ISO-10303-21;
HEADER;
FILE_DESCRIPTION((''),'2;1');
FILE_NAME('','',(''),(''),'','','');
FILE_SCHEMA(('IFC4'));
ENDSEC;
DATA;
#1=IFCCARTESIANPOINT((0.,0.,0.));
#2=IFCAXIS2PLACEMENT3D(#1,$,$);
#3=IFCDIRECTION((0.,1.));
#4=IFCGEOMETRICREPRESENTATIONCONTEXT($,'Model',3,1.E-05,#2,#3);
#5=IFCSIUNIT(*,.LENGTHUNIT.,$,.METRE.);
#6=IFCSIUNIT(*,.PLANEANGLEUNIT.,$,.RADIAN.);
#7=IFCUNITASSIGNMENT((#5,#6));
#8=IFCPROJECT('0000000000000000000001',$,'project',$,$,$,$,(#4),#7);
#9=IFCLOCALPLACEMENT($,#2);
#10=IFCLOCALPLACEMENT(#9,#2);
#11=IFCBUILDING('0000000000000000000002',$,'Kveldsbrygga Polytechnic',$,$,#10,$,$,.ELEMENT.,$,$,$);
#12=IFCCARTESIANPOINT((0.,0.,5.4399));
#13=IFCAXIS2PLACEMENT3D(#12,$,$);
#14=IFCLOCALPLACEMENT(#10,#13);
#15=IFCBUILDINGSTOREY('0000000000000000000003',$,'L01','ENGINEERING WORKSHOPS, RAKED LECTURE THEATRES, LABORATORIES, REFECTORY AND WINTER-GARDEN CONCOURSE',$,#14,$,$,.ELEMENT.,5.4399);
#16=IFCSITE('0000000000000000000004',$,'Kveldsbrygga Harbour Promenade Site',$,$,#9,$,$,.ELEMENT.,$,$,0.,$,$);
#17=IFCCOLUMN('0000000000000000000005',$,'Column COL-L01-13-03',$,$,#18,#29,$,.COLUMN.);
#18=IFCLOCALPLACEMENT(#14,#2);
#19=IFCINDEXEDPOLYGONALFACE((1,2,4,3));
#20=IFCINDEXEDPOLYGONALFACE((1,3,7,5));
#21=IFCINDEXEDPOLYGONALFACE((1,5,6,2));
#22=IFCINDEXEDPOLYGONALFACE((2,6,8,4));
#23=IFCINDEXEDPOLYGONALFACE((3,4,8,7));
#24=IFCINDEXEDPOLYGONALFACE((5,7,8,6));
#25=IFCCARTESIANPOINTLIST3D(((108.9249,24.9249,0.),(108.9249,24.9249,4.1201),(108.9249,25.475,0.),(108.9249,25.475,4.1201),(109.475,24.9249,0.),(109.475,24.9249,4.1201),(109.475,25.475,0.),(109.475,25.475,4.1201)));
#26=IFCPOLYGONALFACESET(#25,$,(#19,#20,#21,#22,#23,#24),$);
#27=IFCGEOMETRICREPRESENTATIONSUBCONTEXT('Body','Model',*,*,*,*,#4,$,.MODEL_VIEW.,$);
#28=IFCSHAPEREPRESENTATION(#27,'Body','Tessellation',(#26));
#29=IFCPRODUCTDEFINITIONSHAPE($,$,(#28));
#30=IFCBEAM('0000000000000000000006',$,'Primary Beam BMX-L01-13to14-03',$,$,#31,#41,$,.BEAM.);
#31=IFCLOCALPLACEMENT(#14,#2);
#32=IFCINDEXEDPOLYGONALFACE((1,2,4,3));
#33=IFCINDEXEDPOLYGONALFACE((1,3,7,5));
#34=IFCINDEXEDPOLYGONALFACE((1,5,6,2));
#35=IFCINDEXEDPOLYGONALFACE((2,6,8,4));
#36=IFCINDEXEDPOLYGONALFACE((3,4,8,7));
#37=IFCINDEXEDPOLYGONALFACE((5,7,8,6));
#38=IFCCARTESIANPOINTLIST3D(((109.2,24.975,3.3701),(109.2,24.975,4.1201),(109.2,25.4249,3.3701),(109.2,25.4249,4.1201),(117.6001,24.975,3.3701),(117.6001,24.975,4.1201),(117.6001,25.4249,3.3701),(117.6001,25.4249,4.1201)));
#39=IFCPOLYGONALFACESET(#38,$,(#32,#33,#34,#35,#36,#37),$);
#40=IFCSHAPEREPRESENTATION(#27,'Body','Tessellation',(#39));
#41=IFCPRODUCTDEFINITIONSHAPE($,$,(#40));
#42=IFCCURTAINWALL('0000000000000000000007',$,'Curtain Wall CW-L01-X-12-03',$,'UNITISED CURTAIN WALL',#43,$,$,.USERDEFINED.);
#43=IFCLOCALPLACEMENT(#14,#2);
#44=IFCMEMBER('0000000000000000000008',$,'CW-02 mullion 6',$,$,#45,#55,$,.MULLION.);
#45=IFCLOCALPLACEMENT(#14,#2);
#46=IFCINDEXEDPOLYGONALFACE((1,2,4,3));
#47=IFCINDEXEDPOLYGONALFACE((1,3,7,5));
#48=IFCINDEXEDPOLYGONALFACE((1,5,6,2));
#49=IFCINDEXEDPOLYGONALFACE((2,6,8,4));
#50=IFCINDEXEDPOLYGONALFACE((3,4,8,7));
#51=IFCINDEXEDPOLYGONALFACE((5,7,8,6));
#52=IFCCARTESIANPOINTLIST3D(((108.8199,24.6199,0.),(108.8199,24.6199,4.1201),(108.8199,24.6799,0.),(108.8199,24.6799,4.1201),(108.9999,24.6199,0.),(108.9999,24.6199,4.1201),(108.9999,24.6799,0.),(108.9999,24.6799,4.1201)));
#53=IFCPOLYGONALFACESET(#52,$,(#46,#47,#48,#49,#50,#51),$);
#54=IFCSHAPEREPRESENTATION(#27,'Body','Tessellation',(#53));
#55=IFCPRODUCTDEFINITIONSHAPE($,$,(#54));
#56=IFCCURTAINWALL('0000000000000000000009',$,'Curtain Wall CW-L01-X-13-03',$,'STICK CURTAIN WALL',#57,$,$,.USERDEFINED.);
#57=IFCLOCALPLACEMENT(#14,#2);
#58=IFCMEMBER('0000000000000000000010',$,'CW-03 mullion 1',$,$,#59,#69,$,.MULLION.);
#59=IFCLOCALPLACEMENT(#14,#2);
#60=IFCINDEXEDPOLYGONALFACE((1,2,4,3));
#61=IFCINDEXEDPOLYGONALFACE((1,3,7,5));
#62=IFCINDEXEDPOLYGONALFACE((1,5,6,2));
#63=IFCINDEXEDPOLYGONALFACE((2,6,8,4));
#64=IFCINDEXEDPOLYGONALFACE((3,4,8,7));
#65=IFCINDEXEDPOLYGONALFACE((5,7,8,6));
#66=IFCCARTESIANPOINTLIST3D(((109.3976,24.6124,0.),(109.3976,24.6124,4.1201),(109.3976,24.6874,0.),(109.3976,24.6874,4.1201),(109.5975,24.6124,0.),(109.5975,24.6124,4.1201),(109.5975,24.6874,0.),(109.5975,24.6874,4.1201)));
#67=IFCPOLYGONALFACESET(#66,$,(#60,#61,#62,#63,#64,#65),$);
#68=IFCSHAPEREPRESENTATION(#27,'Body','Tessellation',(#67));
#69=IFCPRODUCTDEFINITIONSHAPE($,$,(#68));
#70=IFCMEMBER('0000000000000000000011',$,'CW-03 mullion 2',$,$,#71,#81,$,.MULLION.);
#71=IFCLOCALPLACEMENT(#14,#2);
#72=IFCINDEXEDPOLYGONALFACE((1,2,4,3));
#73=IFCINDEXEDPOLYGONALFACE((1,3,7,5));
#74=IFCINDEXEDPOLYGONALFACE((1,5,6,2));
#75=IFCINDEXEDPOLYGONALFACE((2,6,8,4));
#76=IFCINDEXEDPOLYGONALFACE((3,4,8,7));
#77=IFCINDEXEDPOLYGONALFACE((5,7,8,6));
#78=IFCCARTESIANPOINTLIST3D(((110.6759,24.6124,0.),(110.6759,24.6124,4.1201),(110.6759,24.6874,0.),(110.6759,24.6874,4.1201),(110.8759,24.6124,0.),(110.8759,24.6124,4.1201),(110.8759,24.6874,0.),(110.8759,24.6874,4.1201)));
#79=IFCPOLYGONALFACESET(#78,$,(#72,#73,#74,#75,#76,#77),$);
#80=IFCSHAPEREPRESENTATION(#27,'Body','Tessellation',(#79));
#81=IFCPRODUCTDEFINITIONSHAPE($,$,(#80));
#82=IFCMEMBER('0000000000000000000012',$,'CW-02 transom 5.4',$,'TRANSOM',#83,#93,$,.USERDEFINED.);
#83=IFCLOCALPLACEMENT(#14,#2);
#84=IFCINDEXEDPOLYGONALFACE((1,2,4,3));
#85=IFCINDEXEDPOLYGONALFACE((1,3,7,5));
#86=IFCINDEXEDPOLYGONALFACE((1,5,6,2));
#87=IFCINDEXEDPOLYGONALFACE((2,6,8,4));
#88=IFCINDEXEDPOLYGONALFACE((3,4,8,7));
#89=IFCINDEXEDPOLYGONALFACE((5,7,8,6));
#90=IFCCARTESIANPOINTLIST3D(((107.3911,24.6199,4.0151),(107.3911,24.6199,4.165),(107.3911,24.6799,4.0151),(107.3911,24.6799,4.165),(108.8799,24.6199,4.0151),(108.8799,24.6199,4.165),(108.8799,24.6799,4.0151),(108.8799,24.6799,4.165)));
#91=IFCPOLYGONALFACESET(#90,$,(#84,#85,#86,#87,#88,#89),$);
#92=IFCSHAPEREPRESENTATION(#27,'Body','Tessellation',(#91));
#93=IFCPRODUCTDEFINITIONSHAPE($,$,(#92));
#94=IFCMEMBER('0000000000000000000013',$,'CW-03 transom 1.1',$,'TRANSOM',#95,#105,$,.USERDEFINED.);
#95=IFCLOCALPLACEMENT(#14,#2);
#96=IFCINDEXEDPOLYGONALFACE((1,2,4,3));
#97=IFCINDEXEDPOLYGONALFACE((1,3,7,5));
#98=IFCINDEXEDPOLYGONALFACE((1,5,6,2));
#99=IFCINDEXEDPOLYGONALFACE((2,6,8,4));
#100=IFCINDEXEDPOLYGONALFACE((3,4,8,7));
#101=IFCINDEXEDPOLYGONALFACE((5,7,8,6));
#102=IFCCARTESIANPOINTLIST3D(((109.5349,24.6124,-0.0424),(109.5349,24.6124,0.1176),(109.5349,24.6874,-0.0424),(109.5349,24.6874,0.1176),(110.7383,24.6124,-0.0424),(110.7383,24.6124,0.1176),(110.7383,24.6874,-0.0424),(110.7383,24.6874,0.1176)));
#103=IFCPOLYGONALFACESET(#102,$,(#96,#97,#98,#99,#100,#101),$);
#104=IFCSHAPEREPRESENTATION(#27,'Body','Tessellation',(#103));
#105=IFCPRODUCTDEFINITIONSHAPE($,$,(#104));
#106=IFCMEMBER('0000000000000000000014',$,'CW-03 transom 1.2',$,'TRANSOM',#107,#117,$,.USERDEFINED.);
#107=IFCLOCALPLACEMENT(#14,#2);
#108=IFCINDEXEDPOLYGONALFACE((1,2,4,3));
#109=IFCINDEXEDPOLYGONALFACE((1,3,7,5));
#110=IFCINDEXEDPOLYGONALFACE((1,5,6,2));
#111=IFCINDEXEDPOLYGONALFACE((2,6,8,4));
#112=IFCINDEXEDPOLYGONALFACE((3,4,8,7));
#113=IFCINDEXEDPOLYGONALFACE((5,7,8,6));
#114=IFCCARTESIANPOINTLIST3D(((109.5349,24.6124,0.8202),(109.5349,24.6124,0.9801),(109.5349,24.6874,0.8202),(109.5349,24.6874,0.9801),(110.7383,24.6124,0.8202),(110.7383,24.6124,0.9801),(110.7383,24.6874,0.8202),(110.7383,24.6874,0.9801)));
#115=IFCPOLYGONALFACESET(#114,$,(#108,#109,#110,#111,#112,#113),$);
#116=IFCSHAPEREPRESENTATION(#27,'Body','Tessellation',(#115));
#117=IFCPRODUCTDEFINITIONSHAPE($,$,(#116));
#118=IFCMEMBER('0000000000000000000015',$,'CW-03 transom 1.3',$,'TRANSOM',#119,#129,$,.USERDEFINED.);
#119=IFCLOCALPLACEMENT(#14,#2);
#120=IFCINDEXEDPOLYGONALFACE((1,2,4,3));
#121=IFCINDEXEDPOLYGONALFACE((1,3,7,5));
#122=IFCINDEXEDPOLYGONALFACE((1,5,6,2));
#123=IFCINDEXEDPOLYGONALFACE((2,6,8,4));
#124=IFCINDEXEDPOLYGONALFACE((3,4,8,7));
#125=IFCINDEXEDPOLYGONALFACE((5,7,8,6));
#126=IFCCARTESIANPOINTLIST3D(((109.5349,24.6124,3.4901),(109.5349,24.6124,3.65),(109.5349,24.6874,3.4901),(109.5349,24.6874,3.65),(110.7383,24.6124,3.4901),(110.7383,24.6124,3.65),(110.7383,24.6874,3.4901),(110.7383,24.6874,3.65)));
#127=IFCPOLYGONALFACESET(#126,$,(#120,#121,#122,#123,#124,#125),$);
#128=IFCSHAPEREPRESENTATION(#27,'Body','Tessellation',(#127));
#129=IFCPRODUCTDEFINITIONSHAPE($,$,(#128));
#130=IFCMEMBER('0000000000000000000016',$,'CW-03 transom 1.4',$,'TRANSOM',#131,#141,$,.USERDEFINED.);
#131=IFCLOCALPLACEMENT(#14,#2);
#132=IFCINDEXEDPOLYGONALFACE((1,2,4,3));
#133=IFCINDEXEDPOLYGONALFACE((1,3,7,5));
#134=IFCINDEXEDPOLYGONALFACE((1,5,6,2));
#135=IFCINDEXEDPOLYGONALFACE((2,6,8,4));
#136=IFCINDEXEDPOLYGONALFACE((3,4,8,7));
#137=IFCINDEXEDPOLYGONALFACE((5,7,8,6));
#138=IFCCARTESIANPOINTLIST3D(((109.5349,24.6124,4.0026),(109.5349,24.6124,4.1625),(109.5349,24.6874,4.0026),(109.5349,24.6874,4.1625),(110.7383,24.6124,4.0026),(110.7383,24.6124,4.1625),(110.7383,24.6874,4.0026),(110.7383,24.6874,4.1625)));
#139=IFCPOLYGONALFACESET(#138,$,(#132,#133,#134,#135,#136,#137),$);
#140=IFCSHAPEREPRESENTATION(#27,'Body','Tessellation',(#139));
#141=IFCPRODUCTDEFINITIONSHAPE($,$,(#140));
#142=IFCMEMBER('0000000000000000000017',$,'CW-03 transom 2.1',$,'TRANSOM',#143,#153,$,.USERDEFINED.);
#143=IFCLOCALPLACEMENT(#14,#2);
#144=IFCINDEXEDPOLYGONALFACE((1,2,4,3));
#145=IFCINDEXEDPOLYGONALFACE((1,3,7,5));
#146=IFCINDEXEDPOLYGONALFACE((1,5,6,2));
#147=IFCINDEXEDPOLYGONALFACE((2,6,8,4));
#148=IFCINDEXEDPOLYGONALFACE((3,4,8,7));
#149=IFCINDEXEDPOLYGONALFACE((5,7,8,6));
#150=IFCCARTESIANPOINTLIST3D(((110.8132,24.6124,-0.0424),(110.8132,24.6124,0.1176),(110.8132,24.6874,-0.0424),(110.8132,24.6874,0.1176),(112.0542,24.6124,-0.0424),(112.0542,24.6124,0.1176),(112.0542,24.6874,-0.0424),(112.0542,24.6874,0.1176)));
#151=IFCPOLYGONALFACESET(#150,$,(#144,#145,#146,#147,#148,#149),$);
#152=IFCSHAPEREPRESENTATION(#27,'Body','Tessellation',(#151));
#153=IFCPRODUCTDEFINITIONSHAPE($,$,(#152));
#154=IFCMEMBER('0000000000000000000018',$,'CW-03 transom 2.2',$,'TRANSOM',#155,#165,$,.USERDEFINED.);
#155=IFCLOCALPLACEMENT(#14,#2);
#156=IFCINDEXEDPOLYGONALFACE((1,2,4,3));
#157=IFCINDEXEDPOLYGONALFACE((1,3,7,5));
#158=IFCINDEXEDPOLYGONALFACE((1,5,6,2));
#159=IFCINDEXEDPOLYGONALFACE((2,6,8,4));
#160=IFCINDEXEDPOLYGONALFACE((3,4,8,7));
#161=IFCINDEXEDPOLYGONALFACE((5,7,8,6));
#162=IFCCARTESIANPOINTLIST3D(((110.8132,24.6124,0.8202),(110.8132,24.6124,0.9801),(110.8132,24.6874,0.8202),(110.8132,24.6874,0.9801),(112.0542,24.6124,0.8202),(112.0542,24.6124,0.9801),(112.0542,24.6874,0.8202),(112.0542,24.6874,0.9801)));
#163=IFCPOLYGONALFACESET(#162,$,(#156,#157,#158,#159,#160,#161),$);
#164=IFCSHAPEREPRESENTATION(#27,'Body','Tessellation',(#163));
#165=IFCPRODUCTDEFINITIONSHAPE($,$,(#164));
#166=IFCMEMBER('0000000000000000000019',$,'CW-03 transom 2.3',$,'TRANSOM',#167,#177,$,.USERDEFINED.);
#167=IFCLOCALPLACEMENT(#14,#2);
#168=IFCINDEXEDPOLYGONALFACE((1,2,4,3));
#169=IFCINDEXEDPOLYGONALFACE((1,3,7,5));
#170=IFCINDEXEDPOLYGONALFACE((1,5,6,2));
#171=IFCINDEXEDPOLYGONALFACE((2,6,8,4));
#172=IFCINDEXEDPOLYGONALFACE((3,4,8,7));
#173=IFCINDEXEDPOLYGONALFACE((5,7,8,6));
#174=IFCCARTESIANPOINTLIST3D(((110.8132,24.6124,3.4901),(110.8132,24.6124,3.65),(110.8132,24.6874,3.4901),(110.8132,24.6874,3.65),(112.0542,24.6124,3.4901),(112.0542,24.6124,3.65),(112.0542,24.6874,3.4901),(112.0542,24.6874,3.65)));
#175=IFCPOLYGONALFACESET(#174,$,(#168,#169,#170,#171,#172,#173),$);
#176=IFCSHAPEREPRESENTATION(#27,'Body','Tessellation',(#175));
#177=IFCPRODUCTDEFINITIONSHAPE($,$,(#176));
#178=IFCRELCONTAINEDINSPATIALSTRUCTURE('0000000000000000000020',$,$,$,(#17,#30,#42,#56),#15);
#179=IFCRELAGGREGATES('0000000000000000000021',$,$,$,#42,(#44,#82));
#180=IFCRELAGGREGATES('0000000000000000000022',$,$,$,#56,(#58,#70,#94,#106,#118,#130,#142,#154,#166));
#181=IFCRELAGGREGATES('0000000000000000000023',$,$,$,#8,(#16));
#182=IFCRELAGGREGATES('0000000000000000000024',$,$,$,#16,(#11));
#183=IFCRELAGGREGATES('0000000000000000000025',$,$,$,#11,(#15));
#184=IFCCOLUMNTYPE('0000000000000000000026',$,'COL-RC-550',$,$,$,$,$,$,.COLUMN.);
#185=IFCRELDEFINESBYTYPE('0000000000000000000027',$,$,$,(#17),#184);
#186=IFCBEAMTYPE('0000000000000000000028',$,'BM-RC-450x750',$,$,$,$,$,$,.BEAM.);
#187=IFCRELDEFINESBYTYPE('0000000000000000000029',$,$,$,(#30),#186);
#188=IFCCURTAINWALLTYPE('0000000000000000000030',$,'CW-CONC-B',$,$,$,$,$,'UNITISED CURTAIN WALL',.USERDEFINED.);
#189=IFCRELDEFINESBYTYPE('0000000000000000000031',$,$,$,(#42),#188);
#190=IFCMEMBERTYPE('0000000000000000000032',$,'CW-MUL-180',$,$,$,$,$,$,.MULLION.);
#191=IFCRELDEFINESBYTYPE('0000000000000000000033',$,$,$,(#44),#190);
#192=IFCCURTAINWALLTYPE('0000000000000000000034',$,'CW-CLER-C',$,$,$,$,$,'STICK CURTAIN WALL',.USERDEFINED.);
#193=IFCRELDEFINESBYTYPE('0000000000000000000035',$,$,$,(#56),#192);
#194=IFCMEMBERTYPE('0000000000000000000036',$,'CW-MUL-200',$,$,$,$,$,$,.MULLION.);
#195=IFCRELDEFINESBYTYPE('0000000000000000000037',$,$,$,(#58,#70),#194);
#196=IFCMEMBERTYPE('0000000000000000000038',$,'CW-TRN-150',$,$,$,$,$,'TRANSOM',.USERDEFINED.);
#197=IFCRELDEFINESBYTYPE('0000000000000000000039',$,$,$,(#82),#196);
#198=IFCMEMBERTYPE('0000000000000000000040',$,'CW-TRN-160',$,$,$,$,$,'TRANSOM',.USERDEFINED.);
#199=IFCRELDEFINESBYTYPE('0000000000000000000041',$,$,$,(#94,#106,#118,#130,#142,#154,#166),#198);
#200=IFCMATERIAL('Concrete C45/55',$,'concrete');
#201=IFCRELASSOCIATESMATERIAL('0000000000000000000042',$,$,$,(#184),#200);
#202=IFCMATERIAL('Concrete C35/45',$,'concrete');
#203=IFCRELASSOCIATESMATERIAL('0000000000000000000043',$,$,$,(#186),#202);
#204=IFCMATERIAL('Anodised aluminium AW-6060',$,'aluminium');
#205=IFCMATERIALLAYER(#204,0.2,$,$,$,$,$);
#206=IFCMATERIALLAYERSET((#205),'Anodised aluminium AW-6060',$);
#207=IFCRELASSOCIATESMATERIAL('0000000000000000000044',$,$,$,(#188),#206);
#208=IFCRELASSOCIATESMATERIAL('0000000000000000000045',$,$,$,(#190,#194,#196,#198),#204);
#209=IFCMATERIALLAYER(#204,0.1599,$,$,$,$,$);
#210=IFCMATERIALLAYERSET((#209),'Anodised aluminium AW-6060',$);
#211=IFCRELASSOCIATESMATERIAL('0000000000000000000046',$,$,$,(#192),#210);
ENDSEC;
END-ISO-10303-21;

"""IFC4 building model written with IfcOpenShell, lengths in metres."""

from ifc_helpers import new_model, si_unit, direction, frame, origin, origin_2d, place, context, subcontext, project, spatial, rectangle, extrude, material, layer, layer_set, material_profile, profile_set, type_object, element, aggregate, save


model = new_model("IFC4")

# Units and contexts
model_context = context("Model", 3, precision=1e-05, world=origin(), true_north=direction((0.0, 1.0)))
body_context = subcontext(model_context, "Body", "Model", "MODEL_VIEW")
ifc_project = project(units=[si_unit("LENGTHUNIT", "METRE"), si_unit("PLANEANGLEUNIT", "RADIAN")], contexts=[model_context])

# Site, building, storey
site_placement = place(None, origin())
site = spatial("IfcSite", under=ifc_project, at=site_placement, Name="Kveldsbrygga Harbour Promenade Site", CompositionType="ELEMENT", RefElevation=0.0)
building_placement = place(site_placement, origin())
building = spatial("IfcBuilding", under=site, at=building_placement, Name="Kveldsbrygga Polytechnic", CompositionType="ELEMENT")
storey_placement = place(building_placement, frame((0.0, 0.0, 5.4399)))
storey = spatial("IfcBuildingStorey", under=building, at=storey_placement, Name="L01", Description="ENGINEERING WORKSHOPS, RAKED LECTURE THEATRES, LABORATORIES, REFECTORY AND WINTER-GARDEN CONCOURSE", CompositionType="ELEMENT", Elevation=5.4399)

# Column
ifc_material_1 = material(Name="Concrete C45/55", Category="concrete")
ifc_material_profile_1 = material_profile(ifc_material_1, rectangle(XDim=0.55, YDim=0.55, at=origin_2d()), Name="RC 550x550")
ifc_profile_set_1 = profile_set([ifc_material_profile_1], Name="Concrete C45/55")
column_type = type_object("IfcColumnType", Name="COL-RC-550", PredefinedType="COLUMN", material=ifc_profile_set_1)
column_placement = place(storey_placement, frame((109.2, 25.2, 0.0), z_axis=(0.0, 0.0, 1.0), x_axis=(1.0, 0.0, 0.0)))
element("IfcColumn", 1, at=column_placement, inside=storey, type_object=column_type, Name="Column COL-L01-13-03", PredefinedType="COLUMN", context=body_context, shape_type="SweptSolid", body=[
    extrude(rectangle(XDim=0.55, YDim=0.55, at=origin_2d()), origin(), (0.0, 0.0, 1.0), 4.1201),
])

# Beam
ifc_material_2 = material(Name="Concrete C35/45", Category="concrete")
ifc_material_profile_2 = material_profile(ifc_material_2, rectangle(XDim=0.45, YDim=0.75, at=origin_2d()), Name="RC 450x750")
ifc_profile_set_2 = profile_set([ifc_material_profile_2], Name="Concrete C35/45")
beam_type = type_object("IfcBeamType", Name="BM-RC-450x750", PredefinedType="BEAM", material=ifc_profile_set_2)
beam_placement = place(storey_placement, frame((109.2, 25.2, 3.7451), z_axis=(1.0, 0.0, 0.0), x_axis=(0.0, 1.0, 0.0)))
element("IfcBeam", 2, at=beam_placement, inside=storey, type_object=beam_type, Name="Primary Beam BMX-L01-13to14-03", PredefinedType="BEAM", context=body_context, shape_type="SweptSolid", body=[
    extrude(rectangle(XDim=0.45, YDim=0.75, at=origin_2d()), origin(), (0.0, 0.0, 1.0), 8.4001),
])

# Curtain wall, member
ifc_material_3 = material(Name="Anodised aluminium AW-6060", Category="aluminium")
ifc_layer_1 = layer(ifc_material_3, 0.2)
ifc_layer_set_1 = layer_set([ifc_layer_1], Name="Anodised aluminium AW-6060")
curtain_wall_type_1 = type_object("IfcCurtainWallType", Name="CW-CONC-B", ElementType="UNITISED CURTAIN WALL", PredefinedType="USERDEFINED", material=ifc_layer_set_1)
curtain_wall_1_placement = place(storey_placement, origin())
curtain_wall_1 = element("IfcCurtainWall", 3, at=curtain_wall_1_placement, inside=storey, type_object=curtain_wall_type_1, Name="Curtain Wall CW-L01-X-12-03", ObjectType="UNITISED CURTAIN WALL", PredefinedType="USERDEFINED")
ifc_material_profile_3 = material_profile(ifc_material_3, rectangle(XDim=0.0601, YDim=0.1799, at=origin_2d()), Name="ALU 60x180")
ifc_profile_set_3 = profile_set([ifc_material_profile_3], Name="Anodised aluminium AW-6060")
member_type_1 = type_object("IfcMemberType", Name="CW-MUL-180", PredefinedType="MULLION", material=ifc_profile_set_3)
member_1_placement = place(storey_placement, frame((108.9099, 24.6499, 0.0), z_axis=(0.0, 0.0, 1.0), x_axis=(0.0, 1.0, 0.0)))
member_1 = element("IfcMember", 4, at=member_1_placement, type_object=member_type_1, Name="CW-02 mullion 6", PredefinedType="MULLION", context=body_context, shape_type="SweptSolid", body=[
    extrude(rectangle(XDim=0.0601, YDim=0.1799, at=origin_2d()), origin(), (0.0, 0.0, 1.0), 4.1201),
])

# Curtain wall, members
ifc_layer_2 = layer(ifc_material_3, 0.1599)
ifc_layer_set_2 = layer_set([ifc_layer_2], Name="Anodised aluminium AW-6060")
curtain_wall_type_2 = type_object("IfcCurtainWallType", Name="CW-CLER-C", ElementType="STICK CURTAIN WALL", PredefinedType="USERDEFINED", material=ifc_layer_set_2)
curtain_wall_2_placement = place(storey_placement, origin())
curtain_wall_2 = element("IfcCurtainWall", 5, at=curtain_wall_2_placement, inside=storey, type_object=curtain_wall_type_2, Name="Curtain Wall CW-L01-X-13-03", ObjectType="STICK CURTAIN WALL", PredefinedType="USERDEFINED")
ifc_material_profile_4 = material_profile(ifc_material_3, rectangle(XDim=0.075, YDim=0.2, at=origin_2d()), Name="ALU 75x200")
ifc_profile_set_4 = profile_set([ifc_material_profile_4], Name="Anodised aluminium AW-6060")
member_type_2 = type_object("IfcMemberType", Name="CW-MUL-200", PredefinedType="MULLION", material=ifc_profile_set_4)
member_2_placement = place(storey_placement, frame((109.4976, 24.6499, 0.0), z_axis=(0.0, 0.0, 1.0), x_axis=(0.0, 1.0, 0.0)))
member_2 = element("IfcMember", 6, at=member_2_placement, type_object=member_type_2, Name="CW-03 mullion 1", PredefinedType="MULLION", context=body_context, shape_type="SweptSolid", body=[
    extrude(rectangle(XDim=0.075, YDim=0.2, at=origin_2d()), origin(), (0.0, 0.0, 1.0), 4.1201),
])
member_3_placement = place(storey_placement, frame((110.7759, 24.6499, 0.0), z_axis=(0.0, 0.0, 1.0), x_axis=(0.0, 1.0, 0.0)))
member_3 = element("IfcMember", 7, at=member_3_placement, type_object=member_type_2, Name="CW-03 mullion 2", PredefinedType="MULLION", context=body_context, shape_type="SweptSolid", body=[
    extrude(rectangle(XDim=0.075, YDim=0.2, at=origin_2d()), origin(), (0.0, 0.0, 1.0), 4.1201),
])

# Members
ifc_material_profile_5 = material_profile(ifc_material_3, rectangle(XDim=0.0601, YDim=0.1499, at=origin_2d()), Name="ALU 60x150")
ifc_profile_set_5 = profile_set([ifc_material_profile_5], Name="Anodised aluminium AW-6060")
member_type_3 = type_object("IfcMemberType", Name="CW-TRN-150", ElementType="TRANSOM", PredefinedType="USERDEFINED", material=ifc_profile_set_5)
member_4_placement = place(storey_placement, frame((107.3911, 24.6499, 4.0901), z_axis=(1.0, 0.0, 0.0), x_axis=(0.0, 1.0, 0.0)))
member_4 = element("IfcMember", 8, at=member_4_placement, type_object=member_type_3, Name="CW-02 transom 5.4", ObjectType="TRANSOM", PredefinedType="USERDEFINED", context=body_context, shape_type="SweptSolid", body=[
    extrude(rectangle(XDim=0.0601, YDim=0.1499, at=origin_2d()), origin(), (0.0, 0.0, 1.0), 1.4888),
])
ifc_material_profile_6 = material_profile(ifc_material_3, rectangle(XDim=0.075, YDim=0.1599, at=origin_2d()), Name="ALU 75x160")
ifc_profile_set_6 = profile_set([ifc_material_profile_6], Name="Anodised aluminium AW-6060")
member_type_4 = type_object("IfcMemberType", Name="CW-TRN-160", ElementType="TRANSOM", PredefinedType="USERDEFINED", material=ifc_profile_set_6)
member_5_placement = place(storey_placement, frame((109.5349, 24.6499, 0.0376), z_axis=(1.0, 0.0, 0.0), x_axis=(0.0, 1.0, 0.0)))
member_5 = element("IfcMember", 9, at=member_5_placement, type_object=member_type_4, Name="CW-03 transom 1.1", ObjectType="TRANSOM", PredefinedType="USERDEFINED", context=body_context, shape_type="SweptSolid", body=[
    extrude(rectangle(XDim=0.075, YDim=0.1599, at=origin_2d()), origin(), (0.0, 0.0, 1.0), 1.2034),
])
member_6_placement = place(storey_placement, frame((109.5349, 24.6499, 0.9001), z_axis=(1.0, 0.0, 0.0), x_axis=(0.0, 1.0, 0.0)))
member_6 = element("IfcMember", 10, at=member_6_placement, type_object=member_type_4, Name="CW-03 transom 1.2", ObjectType="TRANSOM", PredefinedType="USERDEFINED", context=body_context, shape_type="SweptSolid", body=[
    extrude(rectangle(XDim=0.075, YDim=0.1599, at=origin_2d()), origin(), (0.0, 0.0, 1.0), 1.2034),
])
member_7_placement = place(storey_placement, frame((109.5349, 24.6499, 3.5701), z_axis=(1.0, 0.0, 0.0), x_axis=(0.0, 1.0, 0.0)))
member_7 = element("IfcMember", 11, at=member_7_placement, type_object=member_type_4, Name="CW-03 transom 1.3", ObjectType="TRANSOM", PredefinedType="USERDEFINED", context=body_context, shape_type="SweptSolid", body=[
    extrude(rectangle(XDim=0.075, YDim=0.1599, at=origin_2d()), origin(), (0.0, 0.0, 1.0), 1.2034),
])
member_8_placement = place(storey_placement, frame((109.5349, 24.6499, 4.0825), z_axis=(1.0, 0.0, 0.0), x_axis=(0.0, 1.0, 0.0)))
member_8 = element("IfcMember", 12, at=member_8_placement, type_object=member_type_4, Name="CW-03 transom 1.4", ObjectType="TRANSOM", PredefinedType="USERDEFINED", context=body_context, shape_type="SweptSolid", body=[
    extrude(rectangle(XDim=0.075, YDim=0.1599, at=origin_2d()), origin(), (0.0, 0.0, 1.0), 1.2034),
])
member_9_placement = place(storey_placement, frame((110.8132, 24.6499, 0.0376), z_axis=(1.0, 0.0, 0.0), x_axis=(0.0, 1.0, 0.0)))
member_9 = element("IfcMember", 13, at=member_9_placement, type_object=member_type_4, Name="CW-03 transom 2.1", ObjectType="TRANSOM", PredefinedType="USERDEFINED", context=body_context, shape_type="SweptSolid", body=[
    extrude(rectangle(XDim=0.075, YDim=0.1599, at=origin_2d()), origin(), (0.0, 0.0, 1.0), 1.241),
])
member_10_placement = place(storey_placement, frame((110.8132, 24.6499, 0.9001), z_axis=(1.0, 0.0, 0.0), x_axis=(0.0, 1.0, 0.0)))
member_10 = element("IfcMember", 14, at=member_10_placement, type_object=member_type_4, Name="CW-03 transom 2.2", ObjectType="TRANSOM", PredefinedType="USERDEFINED", context=body_context, shape_type="SweptSolid", body=[
    extrude(rectangle(XDim=0.075, YDim=0.1599, at=origin_2d()), origin(), (0.0, 0.0, 1.0), 1.241),
])
member_11_placement = place(storey_placement, frame((110.8132, 24.6499, 3.5701), z_axis=(1.0, 0.0, 0.0), x_axis=(0.0, 1.0, 0.0)))
member_11 = element("IfcMember", 15, at=member_11_placement, type_object=member_type_4, Name="CW-03 transom 2.3", ObjectType="TRANSOM", PredefinedType="USERDEFINED", context=body_context, shape_type="SweptSolid", body=[
    extrude(rectangle(XDim=0.075, YDim=0.1599, at=origin_2d()), origin(), (0.0, 0.0, 1.0), 1.241),
])

aggregate(curtain_wall_1, [member_1, member_4])
aggregate(curtain_wall_2, [member_2, member_3, member_5, member_6, member_7, member_8, member_9, member_10, member_11])

save(model, "model.ifc")
